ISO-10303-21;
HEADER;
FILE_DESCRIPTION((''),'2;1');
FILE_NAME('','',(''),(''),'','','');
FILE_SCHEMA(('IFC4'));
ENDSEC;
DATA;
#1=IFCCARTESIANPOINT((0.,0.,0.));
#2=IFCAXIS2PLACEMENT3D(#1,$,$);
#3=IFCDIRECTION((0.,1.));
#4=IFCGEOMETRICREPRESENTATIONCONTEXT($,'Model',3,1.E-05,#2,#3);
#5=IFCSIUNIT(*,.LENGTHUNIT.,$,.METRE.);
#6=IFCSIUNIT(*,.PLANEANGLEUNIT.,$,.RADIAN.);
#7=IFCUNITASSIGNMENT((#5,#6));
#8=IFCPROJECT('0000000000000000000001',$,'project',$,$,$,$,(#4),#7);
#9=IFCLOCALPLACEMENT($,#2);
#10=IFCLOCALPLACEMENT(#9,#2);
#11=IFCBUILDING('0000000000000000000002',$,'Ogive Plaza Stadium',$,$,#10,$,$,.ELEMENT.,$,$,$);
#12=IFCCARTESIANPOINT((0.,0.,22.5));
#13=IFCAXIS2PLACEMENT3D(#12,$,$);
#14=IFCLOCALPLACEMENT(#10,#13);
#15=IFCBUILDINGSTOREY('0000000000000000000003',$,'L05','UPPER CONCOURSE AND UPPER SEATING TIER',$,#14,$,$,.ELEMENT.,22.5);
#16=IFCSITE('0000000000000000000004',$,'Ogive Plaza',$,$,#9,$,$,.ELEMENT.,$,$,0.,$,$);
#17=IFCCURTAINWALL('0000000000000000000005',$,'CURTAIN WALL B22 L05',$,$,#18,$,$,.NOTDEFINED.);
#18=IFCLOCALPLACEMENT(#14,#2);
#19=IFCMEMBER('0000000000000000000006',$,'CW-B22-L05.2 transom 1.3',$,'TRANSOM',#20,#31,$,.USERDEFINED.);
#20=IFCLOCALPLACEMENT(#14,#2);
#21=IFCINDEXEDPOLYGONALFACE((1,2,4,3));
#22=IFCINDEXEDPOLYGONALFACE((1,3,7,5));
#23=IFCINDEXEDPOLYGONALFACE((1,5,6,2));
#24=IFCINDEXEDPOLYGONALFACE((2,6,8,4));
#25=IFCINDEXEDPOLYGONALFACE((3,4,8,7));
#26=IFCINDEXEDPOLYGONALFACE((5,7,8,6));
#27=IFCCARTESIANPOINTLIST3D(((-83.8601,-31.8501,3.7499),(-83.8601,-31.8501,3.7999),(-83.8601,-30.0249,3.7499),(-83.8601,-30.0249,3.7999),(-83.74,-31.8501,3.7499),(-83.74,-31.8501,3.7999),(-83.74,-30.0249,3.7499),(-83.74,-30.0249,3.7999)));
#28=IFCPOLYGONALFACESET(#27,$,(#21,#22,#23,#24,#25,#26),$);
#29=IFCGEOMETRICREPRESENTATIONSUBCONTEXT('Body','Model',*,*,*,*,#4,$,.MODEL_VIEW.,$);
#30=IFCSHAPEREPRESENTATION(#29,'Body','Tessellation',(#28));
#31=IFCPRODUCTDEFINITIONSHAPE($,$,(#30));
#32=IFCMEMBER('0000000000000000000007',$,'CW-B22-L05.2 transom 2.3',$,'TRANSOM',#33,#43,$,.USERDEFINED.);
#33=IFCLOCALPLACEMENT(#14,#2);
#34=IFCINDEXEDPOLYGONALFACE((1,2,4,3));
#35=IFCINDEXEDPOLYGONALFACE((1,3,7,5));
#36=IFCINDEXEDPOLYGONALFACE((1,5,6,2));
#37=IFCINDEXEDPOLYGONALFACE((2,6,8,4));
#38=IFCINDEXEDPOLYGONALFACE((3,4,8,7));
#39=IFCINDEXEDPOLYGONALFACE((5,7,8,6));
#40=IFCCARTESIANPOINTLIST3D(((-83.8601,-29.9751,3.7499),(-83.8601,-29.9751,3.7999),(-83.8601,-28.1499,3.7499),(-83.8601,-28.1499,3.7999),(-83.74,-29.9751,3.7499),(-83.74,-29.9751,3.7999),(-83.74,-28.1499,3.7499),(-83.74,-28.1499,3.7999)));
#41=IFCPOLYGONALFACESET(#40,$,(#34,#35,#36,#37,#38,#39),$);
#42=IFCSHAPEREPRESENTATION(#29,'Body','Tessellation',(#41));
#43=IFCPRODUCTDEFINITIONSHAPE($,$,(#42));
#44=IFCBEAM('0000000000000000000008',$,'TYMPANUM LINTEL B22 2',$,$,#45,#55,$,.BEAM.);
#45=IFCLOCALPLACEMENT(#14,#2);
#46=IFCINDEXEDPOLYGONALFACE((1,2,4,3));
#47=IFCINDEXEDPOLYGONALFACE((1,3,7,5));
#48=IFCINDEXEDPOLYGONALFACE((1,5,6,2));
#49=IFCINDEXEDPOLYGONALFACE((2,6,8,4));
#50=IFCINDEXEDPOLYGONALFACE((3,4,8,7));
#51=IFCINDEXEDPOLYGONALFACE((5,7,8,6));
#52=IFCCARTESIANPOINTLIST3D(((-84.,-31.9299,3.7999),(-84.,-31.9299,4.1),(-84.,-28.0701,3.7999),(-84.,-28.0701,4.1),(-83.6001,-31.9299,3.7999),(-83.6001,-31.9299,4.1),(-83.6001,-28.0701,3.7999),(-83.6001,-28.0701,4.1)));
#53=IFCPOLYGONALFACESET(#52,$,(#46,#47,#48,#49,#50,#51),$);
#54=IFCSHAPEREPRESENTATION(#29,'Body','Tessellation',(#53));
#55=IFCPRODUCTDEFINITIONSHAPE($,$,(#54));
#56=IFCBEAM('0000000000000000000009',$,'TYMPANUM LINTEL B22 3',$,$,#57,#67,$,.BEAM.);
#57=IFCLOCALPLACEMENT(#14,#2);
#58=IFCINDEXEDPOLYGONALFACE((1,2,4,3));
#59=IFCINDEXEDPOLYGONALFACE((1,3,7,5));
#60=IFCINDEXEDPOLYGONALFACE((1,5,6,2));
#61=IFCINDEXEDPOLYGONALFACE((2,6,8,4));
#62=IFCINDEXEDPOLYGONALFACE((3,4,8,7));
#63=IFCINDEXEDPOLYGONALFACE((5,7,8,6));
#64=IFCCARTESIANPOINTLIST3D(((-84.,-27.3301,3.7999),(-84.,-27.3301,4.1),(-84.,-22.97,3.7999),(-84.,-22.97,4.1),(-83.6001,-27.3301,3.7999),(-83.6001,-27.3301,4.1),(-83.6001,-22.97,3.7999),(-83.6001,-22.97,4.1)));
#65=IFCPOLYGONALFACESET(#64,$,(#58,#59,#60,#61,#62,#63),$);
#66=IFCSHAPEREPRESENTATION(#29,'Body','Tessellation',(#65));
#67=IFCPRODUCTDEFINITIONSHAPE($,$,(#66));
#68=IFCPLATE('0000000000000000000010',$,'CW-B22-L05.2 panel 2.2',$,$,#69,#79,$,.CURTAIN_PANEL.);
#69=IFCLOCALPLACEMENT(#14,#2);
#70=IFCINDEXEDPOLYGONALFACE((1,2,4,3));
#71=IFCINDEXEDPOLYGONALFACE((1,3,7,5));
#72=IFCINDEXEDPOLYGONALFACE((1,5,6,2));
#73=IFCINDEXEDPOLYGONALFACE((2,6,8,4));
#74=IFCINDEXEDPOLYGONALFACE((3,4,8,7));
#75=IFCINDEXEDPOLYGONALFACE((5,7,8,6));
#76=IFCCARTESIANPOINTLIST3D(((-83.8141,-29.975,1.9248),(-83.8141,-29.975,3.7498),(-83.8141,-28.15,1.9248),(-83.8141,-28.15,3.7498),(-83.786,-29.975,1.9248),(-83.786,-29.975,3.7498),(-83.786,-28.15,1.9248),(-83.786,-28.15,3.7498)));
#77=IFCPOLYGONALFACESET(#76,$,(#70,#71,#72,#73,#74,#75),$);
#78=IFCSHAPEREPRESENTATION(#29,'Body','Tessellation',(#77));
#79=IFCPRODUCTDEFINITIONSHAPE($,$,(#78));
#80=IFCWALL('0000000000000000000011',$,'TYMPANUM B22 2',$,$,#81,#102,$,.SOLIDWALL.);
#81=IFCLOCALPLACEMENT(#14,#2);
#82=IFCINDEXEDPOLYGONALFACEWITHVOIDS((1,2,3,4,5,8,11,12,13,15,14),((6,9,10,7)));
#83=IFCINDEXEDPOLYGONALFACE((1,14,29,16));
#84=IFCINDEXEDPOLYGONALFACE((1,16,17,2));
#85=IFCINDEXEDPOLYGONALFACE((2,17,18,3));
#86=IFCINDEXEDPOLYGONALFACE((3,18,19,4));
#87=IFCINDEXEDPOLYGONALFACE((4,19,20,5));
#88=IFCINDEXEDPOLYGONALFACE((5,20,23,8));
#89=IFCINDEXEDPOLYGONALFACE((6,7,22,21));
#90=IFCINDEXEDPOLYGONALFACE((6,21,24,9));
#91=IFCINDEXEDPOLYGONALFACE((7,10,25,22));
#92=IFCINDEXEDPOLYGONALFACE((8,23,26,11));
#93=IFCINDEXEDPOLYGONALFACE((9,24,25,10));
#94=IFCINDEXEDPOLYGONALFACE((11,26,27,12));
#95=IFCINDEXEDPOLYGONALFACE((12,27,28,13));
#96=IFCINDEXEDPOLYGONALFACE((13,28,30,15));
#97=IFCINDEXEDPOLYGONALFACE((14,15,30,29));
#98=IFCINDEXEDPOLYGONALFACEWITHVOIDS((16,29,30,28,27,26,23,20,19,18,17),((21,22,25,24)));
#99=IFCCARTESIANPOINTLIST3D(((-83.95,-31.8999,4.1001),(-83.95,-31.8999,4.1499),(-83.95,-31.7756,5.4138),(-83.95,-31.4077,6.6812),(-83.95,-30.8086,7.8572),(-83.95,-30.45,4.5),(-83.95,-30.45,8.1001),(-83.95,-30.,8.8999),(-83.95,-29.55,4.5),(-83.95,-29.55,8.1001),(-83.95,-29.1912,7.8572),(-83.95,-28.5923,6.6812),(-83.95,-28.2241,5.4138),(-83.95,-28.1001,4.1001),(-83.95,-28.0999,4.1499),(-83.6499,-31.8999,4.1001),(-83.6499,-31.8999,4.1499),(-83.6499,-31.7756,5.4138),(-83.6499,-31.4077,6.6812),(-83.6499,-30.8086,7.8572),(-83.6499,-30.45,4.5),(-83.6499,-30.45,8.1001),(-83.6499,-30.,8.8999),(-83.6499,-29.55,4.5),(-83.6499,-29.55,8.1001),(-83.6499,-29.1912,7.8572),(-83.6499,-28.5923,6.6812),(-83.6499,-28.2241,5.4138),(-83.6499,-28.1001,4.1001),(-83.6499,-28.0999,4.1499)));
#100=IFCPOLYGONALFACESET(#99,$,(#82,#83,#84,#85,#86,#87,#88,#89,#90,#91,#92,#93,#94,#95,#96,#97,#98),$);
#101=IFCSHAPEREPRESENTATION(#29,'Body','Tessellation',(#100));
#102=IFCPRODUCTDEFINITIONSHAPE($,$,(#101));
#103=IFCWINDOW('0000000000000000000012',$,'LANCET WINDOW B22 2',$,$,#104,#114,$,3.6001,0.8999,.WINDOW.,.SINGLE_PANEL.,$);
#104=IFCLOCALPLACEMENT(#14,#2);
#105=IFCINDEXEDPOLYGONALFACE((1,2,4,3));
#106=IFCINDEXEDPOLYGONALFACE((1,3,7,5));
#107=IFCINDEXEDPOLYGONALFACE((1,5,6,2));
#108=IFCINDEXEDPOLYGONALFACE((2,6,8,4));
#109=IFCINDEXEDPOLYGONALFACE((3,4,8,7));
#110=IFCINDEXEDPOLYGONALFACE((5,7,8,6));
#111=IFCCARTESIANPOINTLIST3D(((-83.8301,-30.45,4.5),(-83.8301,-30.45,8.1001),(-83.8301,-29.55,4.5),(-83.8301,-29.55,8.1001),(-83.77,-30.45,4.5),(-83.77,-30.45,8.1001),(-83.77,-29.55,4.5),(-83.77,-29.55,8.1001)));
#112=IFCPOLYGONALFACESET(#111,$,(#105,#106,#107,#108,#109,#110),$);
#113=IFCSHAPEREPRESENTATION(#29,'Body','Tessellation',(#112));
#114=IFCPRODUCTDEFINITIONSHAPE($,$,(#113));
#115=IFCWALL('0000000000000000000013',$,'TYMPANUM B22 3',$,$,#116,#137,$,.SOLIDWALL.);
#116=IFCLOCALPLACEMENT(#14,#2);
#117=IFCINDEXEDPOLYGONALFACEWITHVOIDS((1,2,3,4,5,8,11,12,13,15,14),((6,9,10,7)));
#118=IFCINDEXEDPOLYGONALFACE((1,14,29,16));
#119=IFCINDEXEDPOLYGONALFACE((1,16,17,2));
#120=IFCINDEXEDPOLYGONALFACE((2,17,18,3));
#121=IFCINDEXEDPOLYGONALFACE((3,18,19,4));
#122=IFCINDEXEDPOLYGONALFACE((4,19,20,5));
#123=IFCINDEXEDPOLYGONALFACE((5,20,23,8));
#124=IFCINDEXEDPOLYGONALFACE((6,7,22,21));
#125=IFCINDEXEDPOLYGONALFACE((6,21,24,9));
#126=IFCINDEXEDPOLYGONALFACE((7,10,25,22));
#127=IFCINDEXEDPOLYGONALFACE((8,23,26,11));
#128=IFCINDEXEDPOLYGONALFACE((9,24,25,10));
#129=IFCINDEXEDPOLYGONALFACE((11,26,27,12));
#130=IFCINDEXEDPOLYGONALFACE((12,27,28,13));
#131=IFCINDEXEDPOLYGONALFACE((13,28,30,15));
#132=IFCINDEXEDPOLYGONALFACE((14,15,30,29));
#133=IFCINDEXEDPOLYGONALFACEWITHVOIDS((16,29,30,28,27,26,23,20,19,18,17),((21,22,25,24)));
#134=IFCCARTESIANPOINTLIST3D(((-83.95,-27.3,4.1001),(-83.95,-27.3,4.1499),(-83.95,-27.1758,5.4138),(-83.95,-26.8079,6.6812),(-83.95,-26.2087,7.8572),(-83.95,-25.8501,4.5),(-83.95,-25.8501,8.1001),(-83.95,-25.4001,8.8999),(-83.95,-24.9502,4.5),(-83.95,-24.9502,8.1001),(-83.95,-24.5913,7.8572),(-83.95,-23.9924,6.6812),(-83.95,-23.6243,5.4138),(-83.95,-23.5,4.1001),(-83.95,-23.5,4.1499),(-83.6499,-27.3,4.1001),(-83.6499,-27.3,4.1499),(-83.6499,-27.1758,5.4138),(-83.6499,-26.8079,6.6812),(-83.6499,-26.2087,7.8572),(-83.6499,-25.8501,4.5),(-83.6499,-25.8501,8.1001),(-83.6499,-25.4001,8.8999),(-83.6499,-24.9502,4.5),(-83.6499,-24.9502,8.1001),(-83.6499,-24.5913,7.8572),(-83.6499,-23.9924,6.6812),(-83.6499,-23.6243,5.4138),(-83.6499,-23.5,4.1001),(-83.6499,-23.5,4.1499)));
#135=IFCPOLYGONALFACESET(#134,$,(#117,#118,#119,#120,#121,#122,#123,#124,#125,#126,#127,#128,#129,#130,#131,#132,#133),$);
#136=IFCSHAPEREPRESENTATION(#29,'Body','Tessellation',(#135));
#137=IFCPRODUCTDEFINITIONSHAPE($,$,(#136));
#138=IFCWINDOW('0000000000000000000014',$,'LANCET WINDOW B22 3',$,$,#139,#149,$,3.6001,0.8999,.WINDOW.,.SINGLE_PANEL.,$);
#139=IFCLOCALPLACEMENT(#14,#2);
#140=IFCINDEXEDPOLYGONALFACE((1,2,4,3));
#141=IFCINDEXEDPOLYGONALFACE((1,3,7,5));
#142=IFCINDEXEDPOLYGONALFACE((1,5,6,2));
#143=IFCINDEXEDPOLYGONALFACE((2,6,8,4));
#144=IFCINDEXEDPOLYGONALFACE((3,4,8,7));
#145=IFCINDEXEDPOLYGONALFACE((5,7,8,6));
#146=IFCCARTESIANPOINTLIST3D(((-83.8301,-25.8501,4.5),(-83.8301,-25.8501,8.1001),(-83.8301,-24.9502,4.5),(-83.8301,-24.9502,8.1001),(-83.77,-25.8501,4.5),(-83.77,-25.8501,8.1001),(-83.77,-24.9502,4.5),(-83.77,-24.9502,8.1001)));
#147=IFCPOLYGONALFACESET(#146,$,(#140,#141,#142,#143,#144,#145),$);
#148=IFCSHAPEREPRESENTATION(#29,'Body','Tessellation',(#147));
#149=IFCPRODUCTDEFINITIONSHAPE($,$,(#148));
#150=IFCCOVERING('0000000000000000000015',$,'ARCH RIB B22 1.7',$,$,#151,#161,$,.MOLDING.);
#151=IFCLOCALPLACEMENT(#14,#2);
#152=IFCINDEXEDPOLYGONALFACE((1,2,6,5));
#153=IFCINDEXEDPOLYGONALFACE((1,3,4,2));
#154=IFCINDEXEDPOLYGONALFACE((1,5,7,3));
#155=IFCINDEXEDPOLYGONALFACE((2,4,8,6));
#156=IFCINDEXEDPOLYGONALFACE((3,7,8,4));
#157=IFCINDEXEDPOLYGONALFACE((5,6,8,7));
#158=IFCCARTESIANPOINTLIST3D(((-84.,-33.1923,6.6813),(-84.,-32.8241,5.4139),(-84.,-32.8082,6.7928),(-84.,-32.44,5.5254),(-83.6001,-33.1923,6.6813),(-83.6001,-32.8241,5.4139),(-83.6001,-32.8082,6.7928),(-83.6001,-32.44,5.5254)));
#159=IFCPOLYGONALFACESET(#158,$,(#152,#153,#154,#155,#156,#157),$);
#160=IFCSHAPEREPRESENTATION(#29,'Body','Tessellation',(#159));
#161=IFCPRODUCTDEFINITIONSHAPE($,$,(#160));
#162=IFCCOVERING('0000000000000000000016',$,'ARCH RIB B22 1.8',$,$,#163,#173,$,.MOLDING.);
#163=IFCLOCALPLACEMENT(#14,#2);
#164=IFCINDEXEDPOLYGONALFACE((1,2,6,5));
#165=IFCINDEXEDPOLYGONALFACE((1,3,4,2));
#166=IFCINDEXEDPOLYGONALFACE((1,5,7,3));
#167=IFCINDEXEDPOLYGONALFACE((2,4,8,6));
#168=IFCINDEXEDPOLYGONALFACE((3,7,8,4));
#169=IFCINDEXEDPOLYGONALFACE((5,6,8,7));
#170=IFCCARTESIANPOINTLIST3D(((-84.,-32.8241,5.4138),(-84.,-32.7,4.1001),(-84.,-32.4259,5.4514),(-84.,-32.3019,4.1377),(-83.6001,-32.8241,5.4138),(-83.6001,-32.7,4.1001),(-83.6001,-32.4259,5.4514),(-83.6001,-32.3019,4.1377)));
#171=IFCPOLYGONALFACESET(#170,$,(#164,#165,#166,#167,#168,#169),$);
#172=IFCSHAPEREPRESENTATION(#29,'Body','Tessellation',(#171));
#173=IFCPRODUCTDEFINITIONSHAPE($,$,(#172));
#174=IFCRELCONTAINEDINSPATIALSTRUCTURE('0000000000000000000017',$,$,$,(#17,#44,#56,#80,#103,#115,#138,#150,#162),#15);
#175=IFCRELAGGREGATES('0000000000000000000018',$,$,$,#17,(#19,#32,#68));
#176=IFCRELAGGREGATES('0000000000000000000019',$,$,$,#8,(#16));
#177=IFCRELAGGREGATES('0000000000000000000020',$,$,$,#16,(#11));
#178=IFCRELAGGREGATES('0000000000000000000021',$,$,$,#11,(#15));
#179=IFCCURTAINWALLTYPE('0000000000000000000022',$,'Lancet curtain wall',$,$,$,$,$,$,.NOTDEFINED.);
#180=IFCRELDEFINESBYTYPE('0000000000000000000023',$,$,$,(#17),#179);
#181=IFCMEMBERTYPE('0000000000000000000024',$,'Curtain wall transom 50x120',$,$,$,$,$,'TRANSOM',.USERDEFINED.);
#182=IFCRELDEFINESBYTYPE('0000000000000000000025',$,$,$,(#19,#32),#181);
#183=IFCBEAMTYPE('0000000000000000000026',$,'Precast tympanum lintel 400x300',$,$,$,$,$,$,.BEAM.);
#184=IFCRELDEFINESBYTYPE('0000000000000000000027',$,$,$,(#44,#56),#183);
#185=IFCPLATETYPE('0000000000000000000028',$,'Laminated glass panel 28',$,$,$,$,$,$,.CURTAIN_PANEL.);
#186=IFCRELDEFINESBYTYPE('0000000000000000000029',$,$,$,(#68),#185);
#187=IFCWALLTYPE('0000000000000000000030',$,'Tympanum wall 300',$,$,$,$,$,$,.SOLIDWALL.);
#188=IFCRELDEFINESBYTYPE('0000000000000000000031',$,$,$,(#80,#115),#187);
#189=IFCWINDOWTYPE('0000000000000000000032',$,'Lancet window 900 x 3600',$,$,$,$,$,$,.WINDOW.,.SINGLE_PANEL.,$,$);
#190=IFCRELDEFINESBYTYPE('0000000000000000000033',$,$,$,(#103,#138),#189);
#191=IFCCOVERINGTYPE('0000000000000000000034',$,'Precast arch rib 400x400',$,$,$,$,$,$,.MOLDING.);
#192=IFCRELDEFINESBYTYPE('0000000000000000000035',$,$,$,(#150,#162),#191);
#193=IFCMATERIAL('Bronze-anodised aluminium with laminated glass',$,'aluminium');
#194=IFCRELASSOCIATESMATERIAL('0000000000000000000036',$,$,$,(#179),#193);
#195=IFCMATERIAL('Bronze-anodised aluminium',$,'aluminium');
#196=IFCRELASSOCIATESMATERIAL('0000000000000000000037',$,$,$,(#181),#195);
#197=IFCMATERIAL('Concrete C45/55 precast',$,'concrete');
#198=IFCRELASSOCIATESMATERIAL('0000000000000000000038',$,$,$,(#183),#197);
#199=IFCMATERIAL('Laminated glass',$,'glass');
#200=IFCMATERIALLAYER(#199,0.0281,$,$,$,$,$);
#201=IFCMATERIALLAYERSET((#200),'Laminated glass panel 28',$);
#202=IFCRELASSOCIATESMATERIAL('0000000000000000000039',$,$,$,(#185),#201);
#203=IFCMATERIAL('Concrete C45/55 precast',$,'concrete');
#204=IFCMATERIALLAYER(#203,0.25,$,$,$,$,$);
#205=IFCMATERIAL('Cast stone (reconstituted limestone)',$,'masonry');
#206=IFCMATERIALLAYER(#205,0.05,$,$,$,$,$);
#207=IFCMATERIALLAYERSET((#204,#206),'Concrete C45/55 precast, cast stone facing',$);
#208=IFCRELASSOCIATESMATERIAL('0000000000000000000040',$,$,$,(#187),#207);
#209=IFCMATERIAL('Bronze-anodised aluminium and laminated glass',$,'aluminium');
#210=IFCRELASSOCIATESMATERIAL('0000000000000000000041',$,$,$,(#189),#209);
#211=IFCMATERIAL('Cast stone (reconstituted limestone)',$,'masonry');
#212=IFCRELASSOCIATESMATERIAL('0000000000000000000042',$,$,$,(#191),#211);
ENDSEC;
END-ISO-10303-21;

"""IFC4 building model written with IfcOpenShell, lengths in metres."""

from ifc_helpers import new_model, si_unit, direction, frame, frame_2d, origin, origin_2d, place, context, subcontext, project, spatial, polyline, rectangle, outline, extrude, material, layer, layer_set, material_profile, profile_set, type_object, element, fill, aggregate, save


model = new_model("IFC4")

# Units and contexts
model_context = context("Model", 3, precision=1e-05, world=origin(), true_north=direction((0.0, 1.0)))
body_context = subcontext(model_context, "Body", "Model", "MODEL_VIEW")
ifc_project = project(units=[si_unit("LENGTHUNIT", "METRE"), si_unit("PLANEANGLEUNIT", "RADIAN")], contexts=[model_context])

# Site, building, storey
site_placement = place(None, origin())
site = spatial("IfcSite", under=ifc_project, at=site_placement, Name="Ogive Plaza", CompositionType="ELEMENT", RefElevation=0.0)
building_placement = place(site_placement, origin())
building = spatial("IfcBuilding", under=site, at=building_placement, Name="Ogive Plaza Stadium", CompositionType="ELEMENT")
storey_placement = place(building_placement, frame((0.0, 0.0, 22.5)))
storey = spatial("IfcBuildingStorey", under=building, at=storey_placement, Name="L05", Description="UPPER CONCOURSE AND UPPER SEATING TIER", CompositionType="ELEMENT", Elevation=22.5)

# Curtain wall, members
ifc_material_1 = material(Name="Bronze-anodised aluminium with laminated glass", Category="aluminium")
curtain_wall_type = type_object("IfcCurtainWallType", Name="Lancet curtain wall", PredefinedType="NOTDEFINED", material=ifc_material_1)
curtain_wall_placement = place(storey_placement, origin())
curtain_wall = element("IfcCurtainWall", 1, at=curtain_wall_placement, inside=storey, type_object=curtain_wall_type, Name="CURTAIN WALL B22 L05", PredefinedType="NOTDEFINED")
ifc_material_2 = material(Name="Bronze-anodised aluminium", Category="aluminium")
ifc_material_profile_1 = material_profile(ifc_material_2, rectangle(XDim=0.1201, YDim=0.05, at=origin_2d()), Name="AL 120x50")
ifc_profile_set_1 = profile_set([ifc_material_profile_1], Name="Bronze-anodised aluminium")
member_type = type_object("IfcMemberType", Name="Curtain wall transom 50x120", ElementType="TRANSOM", PredefinedType="USERDEFINED", material=ifc_profile_set_1)
member_1_placement = place(storey_placement, frame((-83.8, -31.8501, 3.7749), z_axis=(0.0, 1.0, 0.0), x_axis=(-1.0, 0.0, 0.0)))
member_1 = element("IfcMember", 2, at=member_1_placement, type_object=member_type, Name="CW-B22-L05.2 transom 1.3", ObjectType="TRANSOM", PredefinedType="USERDEFINED", context=body_context, shape_type="SweptSolid", body=[
    extrude(rectangle(XDim=0.1201, YDim=0.05, at=origin_2d()), origin(), (0.0, 0.0, 1.0), 1.8252),
])
member_2_placement = place(storey_placement, frame((-83.8, -29.9751, 3.7749), z_axis=(0.0, 1.0, 0.0), x_axis=(-1.0, 0.0, 0.0)))
member_2 = element("IfcMember", 3, at=member_2_placement, type_object=member_type, Name="CW-B22-L05.2 transom 2.3", ObjectType="TRANSOM", PredefinedType="USERDEFINED", context=body_context, shape_type="SweptSolid", body=[
    extrude(rectangle(XDim=0.1201, YDim=0.05, at=origin_2d()), origin(), (0.0, 0.0, 1.0), 1.8252),
])

# Beams
ifc_material_3 = material(Name="Concrete C45/55 precast", Category="concrete")
ifc_material_profile_2 = material_profile(ifc_material_3, rectangle(XDim=0.3999, YDim=0.3, at=origin_2d()), Name="RC 400x300")
ifc_profile_set_2 = profile_set([ifc_material_profile_2], Name="Concrete C45/55 precast")
beam_type = type_object("IfcBeamType", Name="Precast tympanum lintel 400x300", PredefinedType="BEAM", material=ifc_profile_set_2)
beam_1_placement = place(storey_placement, frame((-83.8, -31.9299, 3.95), z_axis=(0.0, 1.0, 0.0), x_axis=(-1.0, 0.0, 0.0)))
element("IfcBeam", 4, at=beam_1_placement, inside=storey, type_object=beam_type, Name="TYMPANUM LINTEL B22 2", PredefinedType="BEAM", context=body_context, shape_type="SweptSolid", body=[
    extrude(rectangle(XDim=0.3999, YDim=0.3, at=origin_2d()), origin(), (0.0, 0.0, 1.0), 3.8599),
])
beam_2_placement = place(storey_placement, frame((-83.8, -27.3301, 3.95), z_axis=(0.0, 1.0, 0.0), x_axis=(-1.0, 0.0, 0.0)))
element("IfcBeam", 5, at=beam_2_placement, inside=storey, type_object=beam_type, Name="TYMPANUM LINTEL B22 3", PredefinedType="BEAM", context=body_context, shape_type="SweptSolid", body=[
    extrude(rectangle(XDim=0.3999, YDim=0.3, at=origin_2d()), origin(), (0.0, 0.0, 1.0), 4.3601),
])

# Plate
ifc_material_4 = material(Name="Laminated glass", Category="glass")
ifc_layer_1 = layer(ifc_material_4, 0.0281)
ifc_layer_set_1 = layer_set([ifc_layer_1], Name="Laminated glass panel 28")
plate_type = type_object("IfcPlateType", Name="Laminated glass panel 28", PredefinedType="CURTAIN_PANEL", material=ifc_layer_set_1)
plate_placement = place(storey_placement, frame((-83.8, -29.0625, 1.9248), z_axis=(0.0, 0.0, 1.0), x_axis=(0.0, 1.0, 0.0)))
plate = element("IfcPlate", 6, at=plate_placement, type_object=plate_type, Name="CW-B22-L05.2 panel 2.2", PredefinedType="CURTAIN_PANEL", context=body_context, shape_type="SweptSolid", body=[
    extrude(rectangle(XDim=1.825, YDim=0.0281, at=origin_2d()), origin(), (0.0, 0.0, 1.0), 1.825),
])
aggregate(curtain_wall, [member_1, member_2, plate])

# Walls, openings, windows
ifc_material_5 = material(Name="Concrete C45/55 precast", Category="concrete")
ifc_layer_2 = layer(ifc_material_5, 0.25)
ifc_material_6 = material(Name="Cast stone (reconstituted limestone)", Category="masonry")
ifc_layer_3 = layer(ifc_material_6, 0.05)
ifc_layer_set_2 = layer_set([ifc_layer_2, ifc_layer_3], Name="Concrete C45/55 precast, cast stone facing")
wall_type = type_object("IfcWallType", Name="Tympanum wall 300", PredefinedType="SOLIDWALL", material=ifc_layer_set_2)
wall_1_placement = place(storey_placement, frame((-83.8, -31.8999, 4.1001), z_axis=(0.0, 0.0, 1.0), x_axis=(0.0, 1.0, 0.0)))
wall_1 = element("IfcWall", 7, at=wall_1_placement, inside=storey, type_object=wall_type, Name="TYMPANUM B22 2", PredefinedType="SOLIDWALL", context=body_context, shape_type="SweptSolid", body=[
    extrude(outline(polyline([(0.0, 0.0), (3.7998, 0.0), (3.8, 0.0498), (3.6758, 1.3137), (3.3076, 2.5811), (2.7087, 3.7571), (1.8999, 4.7998), (1.0913, 3.7571), (0.4922, 2.5811), (0.1243, 1.3137), (0.0, 0.0498), (0.0, 0.0)])), frame((0.0, 0.1499, 0.0), z_axis=(0.0, -1.0, 0.0), x_axis=(1.0, 0.0, 0.0)), (0.0, 0.0, 1.0), 0.3),
])
opening_1_placement = place(wall_1_placement, frame((1.45, 0.0, 0.3999)))
opening_1 = element("IfcOpeningElement", 8, at=opening_1_placement, cuts=wall_1, PredefinedType="OPENING", context=body_context, shape_type="SweptSolid", body=[
    extrude(rectangle(XDim=0.8999, YDim=3.6001, at=frame_2d((0.45, 1.8))), frame((0.0, 0.1602, 0.0), z_axis=(0.0, -1.0, 0.0), x_axis=(1.0, 0.0, 0.0)), (0.0, 0.0, 1.0), 0.3201),
])
ifc_material_7 = material(Name="Bronze-anodised aluminium and laminated glass", Category="aluminium")
window_type = type_object("IfcWindowType", Name="Lancet window 900 x 3600", PartitioningType="SINGLE_PANEL", PredefinedType="WINDOW", material=ifc_material_7)
window_1_placement = place(opening_1_placement, origin())
window_1 = element("IfcWindow", 9, at=window_1_placement, inside=storey, type_object=window_type, Name="LANCET WINDOW B22 2", OverallHeight=3.6001, OverallWidth=0.8999, PartitioningType="SINGLE_PANEL", PredefinedType="WINDOW", context=body_context, shape_type="SweptSolid", body=[
    extrude(rectangle(XDim=0.8999, YDim=3.6001, at=frame_2d((0.45, 1.8))), frame((0.0, 0.03, 0.0), z_axis=(0.0, -1.0, 0.0), x_axis=(1.0, 0.0, 0.0)), (0.0, 0.0, 1.0), 0.0601),
])
fill(opening_1, window_1)
wall_2_placement = place(storey_placement, frame((-83.8, -27.3, 4.1001), z_axis=(0.0, 0.0, 1.0), x_axis=(0.0, 1.0, 0.0)))
wall_2 = element("IfcWall", 10, at=wall_2_placement, inside=storey, type_object=wall_type, Name="TYMPANUM B22 3", PredefinedType="SOLIDWALL", context=body_context, shape_type="SweptSolid", body=[
    extrude(outline(polyline([(0.0, 0.0), (3.8, 0.0), (3.8, 0.0498), (3.6758, 1.3137), (3.3076, 2.5811), (2.7087, 3.7571), (1.8999, 4.7998), (1.0913, 3.7571), (0.4922, 2.5811), (0.1243, 1.3137), (0.0, 0.0498), (0.0, 0.0)])), frame((0.0, 0.1499, 0.0), z_axis=(0.0, -1.0, 0.0), x_axis=(1.0, 0.0, 0.0)), (0.0, 0.0, 1.0), 0.3),
])
opening_2_placement = place(wall_2_placement, frame((1.45, 0.0, 0.3999)))
opening_2 = element("IfcOpeningElement", 11, at=opening_2_placement, cuts=wall_2, PredefinedType="OPENING", context=body_context, shape_type="SweptSolid", body=[
    extrude(rectangle(XDim=0.8999, YDim=3.6001, at=frame_2d((0.45, 1.8))), frame((0.0, 0.1602, 0.0), z_axis=(0.0, -1.0, 0.0), x_axis=(1.0, 0.0, 0.0)), (0.0, 0.0, 1.0), 0.3201),
])
window_2_placement = place(opening_2_placement, origin())
window_2 = element("IfcWindow", 12, at=window_2_placement, inside=storey, type_object=window_type, Name="LANCET WINDOW B22 3", OverallHeight=3.6001, OverallWidth=0.8999, PartitioningType="SINGLE_PANEL", PredefinedType="WINDOW", context=body_context, shape_type="SweptSolid", body=[
    extrude(rectangle(XDim=0.8999, YDim=3.6001, at=frame_2d((0.45, 1.8))), frame((0.0, 0.03, 0.0), z_axis=(0.0, -1.0, 0.0), x_axis=(1.0, 0.0, 0.0)), (0.0, 0.0, 1.0), 0.0601),
])
fill(opening_2, window_2)

# Coverings
ifc_material_8 = material(Name="Cast stone (reconstituted limestone)", Category="masonry")
ifc_material_profile_3 = material_profile(ifc_material_8, rectangle(XDim=0.3999, YDim=0.3999, at=origin_2d()), Name="Cast stone 400x400")
ifc_profile_set_3 = profile_set([ifc_material_profile_3], Name="Cast stone (reconstituted limestone)")
covering_type = type_object("IfcCoveringType", Name="Precast arch rib 400x400", PredefinedType="MOLDING", material=ifc_profile_set_3)
covering_1_placement = place(storey_placement, frame((-83.8, -33.0002, 6.7371), z_axis=(0.0, 0.27897, -0.9603), x_axis=(-1.0, 0.0, 0.0)))
element("IfcCovering", 13, at=covering_1_placement, inside=storey, type_object=covering_type, Name="ARCH RIB B22 1.7", PredefinedType="MOLDING", context=body_context, shape_type="SweptSolid", body=[
    extrude(rectangle(XDim=0.3999, YDim=0.3999, at=origin_2d()), origin(), (0.0, 0.0, 1.0), 1.3198),
])
for number, where, z_axis, x_axis, name in (
    (14, (-83.8, -32.625, 5.4326), (0.0, 0.093988, -0.995573), (-1.0, 0.0, 0.0), "ARCH RIB B22 1.8"),
):
    element("IfcCovering", number, at=place(storey_placement, frame(where, z_axis=z_axis, x_axis=x_axis)), inside=storey, type_object=covering_type, Name=name, PredefinedType="MOLDING", context=body_context, shape_type="SweptSolid", body=[
        extrude(rectangle(XDim=0.3999, YDim=0.3999, at=origin_2d()), origin(), (0.0, 0.0, 1.0), 1.3196),
    ])

save(model, "model.ifc")
